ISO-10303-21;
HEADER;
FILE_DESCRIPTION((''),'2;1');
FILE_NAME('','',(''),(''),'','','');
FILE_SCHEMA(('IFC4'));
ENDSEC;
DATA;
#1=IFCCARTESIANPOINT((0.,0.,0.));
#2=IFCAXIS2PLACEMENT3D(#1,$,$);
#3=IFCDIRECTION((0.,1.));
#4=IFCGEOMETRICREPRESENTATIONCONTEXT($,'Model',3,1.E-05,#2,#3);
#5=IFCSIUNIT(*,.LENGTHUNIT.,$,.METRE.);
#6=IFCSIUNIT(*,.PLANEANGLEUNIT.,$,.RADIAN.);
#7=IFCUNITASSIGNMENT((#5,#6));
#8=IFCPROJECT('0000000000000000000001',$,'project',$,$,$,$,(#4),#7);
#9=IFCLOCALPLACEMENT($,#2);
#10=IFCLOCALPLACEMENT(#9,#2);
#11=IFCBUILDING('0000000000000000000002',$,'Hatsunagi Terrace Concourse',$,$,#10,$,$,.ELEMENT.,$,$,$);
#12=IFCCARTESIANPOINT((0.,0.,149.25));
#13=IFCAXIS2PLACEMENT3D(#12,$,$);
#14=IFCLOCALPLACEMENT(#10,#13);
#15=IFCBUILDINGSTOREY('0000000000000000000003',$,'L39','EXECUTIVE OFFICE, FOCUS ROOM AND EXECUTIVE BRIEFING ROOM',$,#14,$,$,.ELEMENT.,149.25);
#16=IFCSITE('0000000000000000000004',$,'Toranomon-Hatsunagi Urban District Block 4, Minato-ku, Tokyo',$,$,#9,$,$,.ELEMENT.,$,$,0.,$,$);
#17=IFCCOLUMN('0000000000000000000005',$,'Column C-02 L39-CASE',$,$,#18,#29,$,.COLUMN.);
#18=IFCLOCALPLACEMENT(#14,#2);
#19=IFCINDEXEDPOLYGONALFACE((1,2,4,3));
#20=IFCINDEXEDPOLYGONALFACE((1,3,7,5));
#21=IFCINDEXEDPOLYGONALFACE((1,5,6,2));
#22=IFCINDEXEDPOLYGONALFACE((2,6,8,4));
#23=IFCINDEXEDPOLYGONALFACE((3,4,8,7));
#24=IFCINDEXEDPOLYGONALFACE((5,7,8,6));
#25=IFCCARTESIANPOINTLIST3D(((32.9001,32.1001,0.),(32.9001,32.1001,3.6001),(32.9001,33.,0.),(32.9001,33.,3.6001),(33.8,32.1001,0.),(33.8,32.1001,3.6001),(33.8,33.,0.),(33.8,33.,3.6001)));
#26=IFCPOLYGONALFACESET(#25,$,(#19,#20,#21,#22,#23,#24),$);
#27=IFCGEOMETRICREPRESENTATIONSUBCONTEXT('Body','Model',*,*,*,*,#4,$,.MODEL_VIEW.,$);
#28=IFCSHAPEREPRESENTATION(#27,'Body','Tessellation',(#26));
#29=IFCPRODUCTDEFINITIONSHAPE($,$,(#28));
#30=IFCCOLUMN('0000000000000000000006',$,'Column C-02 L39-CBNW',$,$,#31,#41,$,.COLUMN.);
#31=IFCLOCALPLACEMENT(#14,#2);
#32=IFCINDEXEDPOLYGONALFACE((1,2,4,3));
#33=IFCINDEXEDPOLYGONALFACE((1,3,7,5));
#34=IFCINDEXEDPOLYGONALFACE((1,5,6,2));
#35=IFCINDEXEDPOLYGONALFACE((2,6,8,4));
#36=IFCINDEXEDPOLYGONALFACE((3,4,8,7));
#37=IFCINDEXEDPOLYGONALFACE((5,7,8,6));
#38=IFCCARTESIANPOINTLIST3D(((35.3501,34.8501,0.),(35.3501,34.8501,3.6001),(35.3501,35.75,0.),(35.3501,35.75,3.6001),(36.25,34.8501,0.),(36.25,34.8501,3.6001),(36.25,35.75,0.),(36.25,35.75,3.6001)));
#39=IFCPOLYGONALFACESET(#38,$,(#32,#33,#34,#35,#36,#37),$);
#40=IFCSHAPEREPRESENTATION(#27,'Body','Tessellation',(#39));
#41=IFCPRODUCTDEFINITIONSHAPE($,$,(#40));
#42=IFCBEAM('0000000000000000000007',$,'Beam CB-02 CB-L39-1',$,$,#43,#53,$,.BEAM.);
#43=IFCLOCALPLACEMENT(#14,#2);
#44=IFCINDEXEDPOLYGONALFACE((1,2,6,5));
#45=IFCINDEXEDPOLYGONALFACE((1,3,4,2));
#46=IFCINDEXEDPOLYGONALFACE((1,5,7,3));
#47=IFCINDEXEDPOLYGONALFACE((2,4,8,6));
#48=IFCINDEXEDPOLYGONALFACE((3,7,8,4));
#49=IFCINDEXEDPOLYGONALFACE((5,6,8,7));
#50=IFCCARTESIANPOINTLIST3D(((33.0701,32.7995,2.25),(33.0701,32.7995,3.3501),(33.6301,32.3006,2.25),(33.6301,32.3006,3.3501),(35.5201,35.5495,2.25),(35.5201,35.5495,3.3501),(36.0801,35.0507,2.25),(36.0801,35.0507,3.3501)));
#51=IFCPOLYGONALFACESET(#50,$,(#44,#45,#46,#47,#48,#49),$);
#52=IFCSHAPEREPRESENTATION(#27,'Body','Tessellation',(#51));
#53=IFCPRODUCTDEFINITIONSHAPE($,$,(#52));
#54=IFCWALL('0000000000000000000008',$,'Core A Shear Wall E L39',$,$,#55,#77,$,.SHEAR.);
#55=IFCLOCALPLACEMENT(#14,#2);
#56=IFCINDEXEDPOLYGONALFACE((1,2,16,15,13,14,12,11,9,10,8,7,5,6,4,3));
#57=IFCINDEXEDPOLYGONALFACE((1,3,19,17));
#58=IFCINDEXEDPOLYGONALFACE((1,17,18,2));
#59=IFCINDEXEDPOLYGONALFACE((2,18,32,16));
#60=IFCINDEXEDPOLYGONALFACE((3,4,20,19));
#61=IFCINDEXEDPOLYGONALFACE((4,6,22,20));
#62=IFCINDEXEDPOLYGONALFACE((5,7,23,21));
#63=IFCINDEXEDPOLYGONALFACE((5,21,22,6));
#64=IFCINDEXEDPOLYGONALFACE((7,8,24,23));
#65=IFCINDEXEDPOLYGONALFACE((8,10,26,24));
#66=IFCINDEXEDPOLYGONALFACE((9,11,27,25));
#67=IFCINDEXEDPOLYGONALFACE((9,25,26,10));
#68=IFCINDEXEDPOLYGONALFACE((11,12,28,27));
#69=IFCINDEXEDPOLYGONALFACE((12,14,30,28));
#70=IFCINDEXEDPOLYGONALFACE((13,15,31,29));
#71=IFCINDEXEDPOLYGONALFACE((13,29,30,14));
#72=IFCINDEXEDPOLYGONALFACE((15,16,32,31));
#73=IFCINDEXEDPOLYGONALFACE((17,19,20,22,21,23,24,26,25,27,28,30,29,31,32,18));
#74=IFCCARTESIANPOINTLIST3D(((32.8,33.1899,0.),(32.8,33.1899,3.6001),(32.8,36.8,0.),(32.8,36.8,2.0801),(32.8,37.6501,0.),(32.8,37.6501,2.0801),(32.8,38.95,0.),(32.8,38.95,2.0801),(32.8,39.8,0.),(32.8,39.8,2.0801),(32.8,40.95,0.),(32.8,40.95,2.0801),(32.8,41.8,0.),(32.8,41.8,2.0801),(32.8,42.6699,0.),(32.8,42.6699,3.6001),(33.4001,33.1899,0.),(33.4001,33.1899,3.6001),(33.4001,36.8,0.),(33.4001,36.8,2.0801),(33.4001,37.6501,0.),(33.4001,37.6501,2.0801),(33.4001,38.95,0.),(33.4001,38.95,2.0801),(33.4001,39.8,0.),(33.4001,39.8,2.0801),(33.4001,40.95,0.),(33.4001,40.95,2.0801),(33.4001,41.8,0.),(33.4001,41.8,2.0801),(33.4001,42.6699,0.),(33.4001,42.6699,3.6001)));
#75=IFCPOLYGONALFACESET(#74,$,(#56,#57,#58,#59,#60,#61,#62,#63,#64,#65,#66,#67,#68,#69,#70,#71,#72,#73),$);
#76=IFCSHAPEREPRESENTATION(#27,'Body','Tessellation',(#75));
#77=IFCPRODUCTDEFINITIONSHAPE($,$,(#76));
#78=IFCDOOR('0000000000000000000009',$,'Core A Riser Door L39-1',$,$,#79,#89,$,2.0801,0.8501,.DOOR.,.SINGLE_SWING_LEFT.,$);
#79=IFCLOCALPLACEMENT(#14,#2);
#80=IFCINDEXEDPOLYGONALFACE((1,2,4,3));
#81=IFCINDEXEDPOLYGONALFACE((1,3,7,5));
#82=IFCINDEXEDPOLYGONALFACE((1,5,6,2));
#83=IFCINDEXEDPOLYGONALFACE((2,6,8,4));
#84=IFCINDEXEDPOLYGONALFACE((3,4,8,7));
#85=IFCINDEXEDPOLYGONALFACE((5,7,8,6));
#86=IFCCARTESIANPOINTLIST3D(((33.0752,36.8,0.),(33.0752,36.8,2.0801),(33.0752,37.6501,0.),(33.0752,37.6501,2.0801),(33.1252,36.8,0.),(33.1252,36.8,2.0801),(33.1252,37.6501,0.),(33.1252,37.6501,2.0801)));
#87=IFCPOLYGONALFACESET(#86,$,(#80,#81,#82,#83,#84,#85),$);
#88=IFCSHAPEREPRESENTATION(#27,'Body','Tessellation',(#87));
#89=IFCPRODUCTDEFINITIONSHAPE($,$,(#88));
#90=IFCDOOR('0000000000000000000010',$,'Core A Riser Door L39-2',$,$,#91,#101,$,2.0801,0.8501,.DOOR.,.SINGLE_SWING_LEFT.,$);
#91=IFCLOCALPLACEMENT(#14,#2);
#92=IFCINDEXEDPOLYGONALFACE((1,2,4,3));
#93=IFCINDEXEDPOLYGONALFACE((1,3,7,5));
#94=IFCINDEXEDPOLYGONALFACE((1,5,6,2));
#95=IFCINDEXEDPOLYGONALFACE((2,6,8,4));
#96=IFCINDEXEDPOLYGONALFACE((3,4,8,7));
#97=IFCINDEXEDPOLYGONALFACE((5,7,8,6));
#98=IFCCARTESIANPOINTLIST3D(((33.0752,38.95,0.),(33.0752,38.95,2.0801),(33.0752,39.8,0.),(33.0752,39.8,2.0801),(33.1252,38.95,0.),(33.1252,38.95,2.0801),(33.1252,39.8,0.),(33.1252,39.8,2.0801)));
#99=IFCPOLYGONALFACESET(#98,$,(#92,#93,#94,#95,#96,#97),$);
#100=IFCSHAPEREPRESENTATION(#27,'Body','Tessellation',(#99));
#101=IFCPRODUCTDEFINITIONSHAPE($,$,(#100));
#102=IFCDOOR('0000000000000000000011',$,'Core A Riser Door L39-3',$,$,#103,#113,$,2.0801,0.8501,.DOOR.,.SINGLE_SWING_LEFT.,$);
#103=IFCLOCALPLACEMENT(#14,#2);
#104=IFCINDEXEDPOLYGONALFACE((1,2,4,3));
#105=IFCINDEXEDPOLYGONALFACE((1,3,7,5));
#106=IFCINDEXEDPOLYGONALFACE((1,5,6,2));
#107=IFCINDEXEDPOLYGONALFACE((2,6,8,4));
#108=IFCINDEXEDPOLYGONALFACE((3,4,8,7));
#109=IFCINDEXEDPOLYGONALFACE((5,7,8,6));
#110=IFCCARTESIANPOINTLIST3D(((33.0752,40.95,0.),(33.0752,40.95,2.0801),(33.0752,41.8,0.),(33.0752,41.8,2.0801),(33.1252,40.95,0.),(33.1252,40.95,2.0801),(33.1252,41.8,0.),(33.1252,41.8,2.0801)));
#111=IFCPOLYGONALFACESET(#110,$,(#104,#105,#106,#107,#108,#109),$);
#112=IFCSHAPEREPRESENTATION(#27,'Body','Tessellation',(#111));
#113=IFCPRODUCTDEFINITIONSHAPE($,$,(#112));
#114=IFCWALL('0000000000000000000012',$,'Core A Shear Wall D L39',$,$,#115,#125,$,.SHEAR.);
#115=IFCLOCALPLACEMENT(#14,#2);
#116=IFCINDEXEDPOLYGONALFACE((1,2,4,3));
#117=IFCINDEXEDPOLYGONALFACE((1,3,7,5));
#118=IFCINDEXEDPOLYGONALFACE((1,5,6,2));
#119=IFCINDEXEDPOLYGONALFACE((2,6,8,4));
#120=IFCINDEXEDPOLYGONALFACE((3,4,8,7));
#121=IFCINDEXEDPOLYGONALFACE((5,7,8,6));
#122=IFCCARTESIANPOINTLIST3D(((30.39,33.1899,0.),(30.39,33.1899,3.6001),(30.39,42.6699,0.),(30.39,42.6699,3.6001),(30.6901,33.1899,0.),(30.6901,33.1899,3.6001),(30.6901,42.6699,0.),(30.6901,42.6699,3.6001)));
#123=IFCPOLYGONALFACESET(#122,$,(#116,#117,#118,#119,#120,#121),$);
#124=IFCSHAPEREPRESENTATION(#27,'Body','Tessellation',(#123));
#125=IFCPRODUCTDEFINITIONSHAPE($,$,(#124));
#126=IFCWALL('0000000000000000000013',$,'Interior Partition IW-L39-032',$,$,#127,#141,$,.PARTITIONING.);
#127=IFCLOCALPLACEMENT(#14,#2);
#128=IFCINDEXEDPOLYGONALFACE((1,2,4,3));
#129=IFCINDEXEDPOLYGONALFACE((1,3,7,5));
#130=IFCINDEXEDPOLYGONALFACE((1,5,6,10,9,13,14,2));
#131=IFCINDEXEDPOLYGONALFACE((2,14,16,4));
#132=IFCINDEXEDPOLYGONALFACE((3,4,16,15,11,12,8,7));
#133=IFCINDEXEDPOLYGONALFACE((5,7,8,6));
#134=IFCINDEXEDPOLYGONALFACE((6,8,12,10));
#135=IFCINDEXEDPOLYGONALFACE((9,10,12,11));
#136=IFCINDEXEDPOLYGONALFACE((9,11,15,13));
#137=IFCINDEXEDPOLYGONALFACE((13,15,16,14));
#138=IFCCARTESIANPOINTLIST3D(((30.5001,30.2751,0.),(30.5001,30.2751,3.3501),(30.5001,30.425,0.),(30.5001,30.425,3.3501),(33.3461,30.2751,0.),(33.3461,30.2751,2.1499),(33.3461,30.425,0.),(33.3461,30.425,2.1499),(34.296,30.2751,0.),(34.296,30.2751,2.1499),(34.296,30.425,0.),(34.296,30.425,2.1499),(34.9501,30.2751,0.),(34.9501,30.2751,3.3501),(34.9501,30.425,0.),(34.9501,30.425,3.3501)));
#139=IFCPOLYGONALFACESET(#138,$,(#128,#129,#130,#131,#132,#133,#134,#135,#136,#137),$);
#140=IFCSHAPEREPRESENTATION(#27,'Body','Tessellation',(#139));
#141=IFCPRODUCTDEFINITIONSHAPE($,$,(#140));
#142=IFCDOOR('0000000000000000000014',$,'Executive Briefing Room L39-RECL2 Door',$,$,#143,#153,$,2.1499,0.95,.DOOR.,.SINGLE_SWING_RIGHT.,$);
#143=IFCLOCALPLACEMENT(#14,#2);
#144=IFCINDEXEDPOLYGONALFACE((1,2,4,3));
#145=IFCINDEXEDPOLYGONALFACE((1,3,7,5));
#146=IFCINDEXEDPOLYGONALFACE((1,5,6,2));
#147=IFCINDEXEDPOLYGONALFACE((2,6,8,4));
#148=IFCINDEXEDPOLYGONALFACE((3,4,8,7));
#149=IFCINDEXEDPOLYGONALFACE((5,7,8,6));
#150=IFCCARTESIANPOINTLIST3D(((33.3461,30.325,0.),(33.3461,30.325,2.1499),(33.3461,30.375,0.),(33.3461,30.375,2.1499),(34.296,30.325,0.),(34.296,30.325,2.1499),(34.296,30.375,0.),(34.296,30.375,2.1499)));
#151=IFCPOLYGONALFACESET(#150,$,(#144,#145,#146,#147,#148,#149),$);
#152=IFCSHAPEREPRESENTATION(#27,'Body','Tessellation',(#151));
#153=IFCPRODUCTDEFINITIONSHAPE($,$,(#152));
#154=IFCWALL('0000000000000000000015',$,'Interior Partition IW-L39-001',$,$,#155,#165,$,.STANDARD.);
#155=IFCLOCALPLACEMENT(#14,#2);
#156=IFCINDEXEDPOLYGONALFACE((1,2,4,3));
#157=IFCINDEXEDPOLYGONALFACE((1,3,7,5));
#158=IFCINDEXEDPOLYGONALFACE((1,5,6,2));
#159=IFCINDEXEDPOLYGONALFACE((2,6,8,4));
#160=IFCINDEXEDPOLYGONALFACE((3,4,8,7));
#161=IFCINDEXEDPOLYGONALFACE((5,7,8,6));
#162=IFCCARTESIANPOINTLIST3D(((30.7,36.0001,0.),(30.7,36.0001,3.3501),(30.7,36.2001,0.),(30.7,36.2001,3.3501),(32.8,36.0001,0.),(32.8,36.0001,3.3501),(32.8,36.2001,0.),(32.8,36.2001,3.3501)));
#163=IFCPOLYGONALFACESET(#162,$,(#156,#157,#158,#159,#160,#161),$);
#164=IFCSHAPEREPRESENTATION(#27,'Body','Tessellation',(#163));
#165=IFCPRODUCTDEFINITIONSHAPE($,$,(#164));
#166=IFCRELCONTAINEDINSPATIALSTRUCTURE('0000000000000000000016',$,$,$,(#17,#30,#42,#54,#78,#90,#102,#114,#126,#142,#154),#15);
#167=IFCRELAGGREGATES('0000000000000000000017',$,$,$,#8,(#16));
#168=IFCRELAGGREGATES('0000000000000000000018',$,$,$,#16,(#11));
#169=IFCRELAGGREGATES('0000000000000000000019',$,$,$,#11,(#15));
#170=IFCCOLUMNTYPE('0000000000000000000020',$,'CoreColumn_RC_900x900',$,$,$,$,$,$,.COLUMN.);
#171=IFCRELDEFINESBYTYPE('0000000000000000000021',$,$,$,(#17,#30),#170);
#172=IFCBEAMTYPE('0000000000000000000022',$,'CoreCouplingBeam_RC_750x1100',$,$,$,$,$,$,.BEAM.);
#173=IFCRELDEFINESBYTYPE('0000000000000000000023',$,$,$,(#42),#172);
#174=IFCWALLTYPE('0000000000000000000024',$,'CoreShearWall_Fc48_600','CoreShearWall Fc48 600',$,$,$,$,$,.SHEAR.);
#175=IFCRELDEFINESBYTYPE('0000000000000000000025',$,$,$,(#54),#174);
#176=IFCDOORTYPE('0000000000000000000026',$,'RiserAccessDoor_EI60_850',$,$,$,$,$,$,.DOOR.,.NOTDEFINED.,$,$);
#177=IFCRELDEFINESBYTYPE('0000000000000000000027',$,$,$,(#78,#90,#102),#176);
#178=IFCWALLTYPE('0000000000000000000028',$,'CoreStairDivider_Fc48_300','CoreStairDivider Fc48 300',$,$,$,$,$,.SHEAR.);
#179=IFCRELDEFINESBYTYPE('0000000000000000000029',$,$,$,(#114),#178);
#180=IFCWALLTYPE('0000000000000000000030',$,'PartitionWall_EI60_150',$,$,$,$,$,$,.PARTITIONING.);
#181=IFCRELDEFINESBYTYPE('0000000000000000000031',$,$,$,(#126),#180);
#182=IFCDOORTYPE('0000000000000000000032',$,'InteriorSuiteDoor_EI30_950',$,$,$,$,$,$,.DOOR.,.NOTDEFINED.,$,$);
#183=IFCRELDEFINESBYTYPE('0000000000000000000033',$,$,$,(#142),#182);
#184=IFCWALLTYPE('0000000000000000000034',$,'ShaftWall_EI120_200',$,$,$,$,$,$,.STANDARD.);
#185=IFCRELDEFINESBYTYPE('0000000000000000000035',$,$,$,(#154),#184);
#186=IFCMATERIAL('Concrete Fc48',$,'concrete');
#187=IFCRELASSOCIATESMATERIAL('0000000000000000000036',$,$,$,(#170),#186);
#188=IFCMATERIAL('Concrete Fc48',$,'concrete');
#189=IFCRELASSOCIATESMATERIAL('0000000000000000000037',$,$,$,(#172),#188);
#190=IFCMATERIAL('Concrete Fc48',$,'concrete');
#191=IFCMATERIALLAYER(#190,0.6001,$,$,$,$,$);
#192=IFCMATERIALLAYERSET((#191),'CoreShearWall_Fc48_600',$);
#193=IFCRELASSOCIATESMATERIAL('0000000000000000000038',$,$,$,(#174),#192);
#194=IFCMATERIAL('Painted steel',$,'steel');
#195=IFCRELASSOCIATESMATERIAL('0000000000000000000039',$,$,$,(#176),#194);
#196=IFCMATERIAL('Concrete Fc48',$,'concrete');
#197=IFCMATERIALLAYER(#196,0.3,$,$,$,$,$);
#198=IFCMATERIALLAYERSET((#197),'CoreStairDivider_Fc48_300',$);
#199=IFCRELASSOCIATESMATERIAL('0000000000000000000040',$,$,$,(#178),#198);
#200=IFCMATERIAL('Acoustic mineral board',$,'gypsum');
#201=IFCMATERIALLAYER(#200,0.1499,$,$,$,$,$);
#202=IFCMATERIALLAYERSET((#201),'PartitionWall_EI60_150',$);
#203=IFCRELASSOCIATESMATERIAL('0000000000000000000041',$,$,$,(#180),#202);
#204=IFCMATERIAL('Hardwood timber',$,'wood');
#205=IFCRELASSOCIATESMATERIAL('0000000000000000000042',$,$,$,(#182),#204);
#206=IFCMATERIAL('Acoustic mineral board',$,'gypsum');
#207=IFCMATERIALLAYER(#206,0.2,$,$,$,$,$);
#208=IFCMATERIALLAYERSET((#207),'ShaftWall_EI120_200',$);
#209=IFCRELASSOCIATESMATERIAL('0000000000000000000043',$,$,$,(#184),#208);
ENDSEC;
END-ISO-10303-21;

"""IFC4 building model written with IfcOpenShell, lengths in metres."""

from ifc_helpers import new_model, si_unit, direction, frame, frame_2d, origin, origin_2d, place, context, subcontext, project, spatial, rectangle, extrude, material, layer, layer_set, material_profile, profile_set, type_object, element, fill, save


model = new_model("IFC4")

# Units and contexts
model_context = context("Model", 3, precision=1e-05, world=origin(), true_north=direction((0.0, 1.0)))
body_context = subcontext(model_context, "Body", "Model", "MODEL_VIEW")
ifc_project = project(units=[si_unit("LENGTHUNIT", "METRE"), si_unit("PLANEANGLEUNIT", "RADIAN")], contexts=[model_context])

# Site, building, storey
site_placement = place(None, origin())
site = spatial("IfcSite", under=ifc_project, at=site_placement, Name="Toranomon-Hatsunagi Urban District Block 4, Minato-ku, Tokyo", CompositionType="ELEMENT", RefElevation=0.0)
building_placement = place(site_placement, origin())
building = spatial("IfcBuilding", under=site, at=building_placement, Name="Hatsunagi Terrace Concourse", CompositionType="ELEMENT")
storey_placement = place(building_placement, frame((0.0, 0.0, 149.25)))
storey = spatial("IfcBuildingStorey", under=building, at=storey_placement, Name="L39", Description="EXECUTIVE OFFICE, FOCUS ROOM AND EXECUTIVE BRIEFING ROOM", CompositionType="ELEMENT", Elevation=149.25)

# Columns
ifc_material_1 = material(Name="Concrete Fc48", Category="concrete")
ifc_material_profile_1 = material_profile(ifc_material_1, rectangle(XDim=0.8999, YDim=0.8999, at=origin_2d()), Name="RC-900x900")
ifc_profile_set_1 = profile_set([ifc_material_profile_1], Name="Concrete Fc48")
column_type = type_object("IfcColumnType", Name="CoreColumn_RC_900x900", PredefinedType="COLUMN", material=ifc_profile_set_1)
for number, where, z_axis, x_axis, name in (
    (1, (33.3501, 32.55, 0.0), (0.0, 0.0, 1.0), (1.0, 0.0, 0.0), "Column C-02 L39-CASE"),
    (2, (35.8, 35.3, 0.0), (0.0, 0.0, 1.0), (1.0, 0.0, 0.0), "Column C-02 L39-CBNW"),
):
    element("IfcColumn", number, at=place(storey_placement, frame(where, z_axis=z_axis, x_axis=x_axis)), inside=storey, type_object=column_type, Name=name, PredefinedType="COLUMN", context=body_context, shape_type="SweptSolid", body=[
        extrude(rectangle(XDim=0.8999, YDim=0.8999, at=origin_2d()), origin(), (0.0, 0.0, 1.0), 3.6001),
    ])

# Beam
ifc_material_2 = material(Name="Concrete Fc48", Category="concrete")
ifc_material_profile_2 = material_profile(ifc_material_2, rectangle(XDim=0.75, YDim=1.1001, at=origin_2d()), Name="RC-750x1100")
ifc_profile_set_2 = profile_set([ifc_material_profile_2], Name="Concrete Fc48")
beam_type = type_object("IfcBeamType", Name="CoreCouplingBeam_RC_750x1100", PredefinedType="BEAM", material=ifc_profile_set_2)
beam_placement = place(storey_placement, frame((33.3501, 32.55, 2.8), z_axis=(0.665199, 0.746666, 0.0), x_axis=(-0.746666, 0.665199, 0.0)))
element("IfcBeam", 3, at=beam_placement, inside=storey, type_object=beam_type, Name="Beam CB-02 CB-L39-1", PredefinedType="BEAM", context=body_context, shape_type="SweptSolid", body=[
    extrude(rectangle(XDim=0.75, YDim=1.1001, at=origin_2d()), origin(), (0.0, 0.0, 1.0), 3.6831),
])

# Wall, openings, doors
ifc_material_3 = material(Name="Concrete Fc48", Category="concrete")
ifc_layer_1 = layer(ifc_material_3, 0.6001)
ifc_layer_set_1 = layer_set([ifc_layer_1], Name="CoreShearWall_Fc48_600")
wall_type_1 = type_object("IfcWallType", Name="CoreShearWall_Fc48_600", Description="CoreShearWall Fc48 600", PredefinedType="SHEAR", material=ifc_layer_set_1)
wall_1_placement = place(storey_placement, frame((33.1001, 33.1899, 0.0), z_axis=(0.0, 0.0, 1.0), x_axis=(0.0, 1.0, 0.0)))
wall_1 = element("IfcWall", 4, at=wall_1_placement, inside=storey, type_object=wall_type_1, Name="Core A Shear Wall E L39", PredefinedType="SHEAR", context=body_context, shape_type="SweptSolid", body=[
    extrude(rectangle(XDim=9.48, YDim=0.6001, at=frame_2d((4.74, 0.0))), origin(), (0.0, 0.0, 1.0), 3.6001),
])
opening_1_placement = place(wall_1_placement, frame((3.6101, 0.0, 0.0)))
opening_1 = element("IfcOpeningElement", 5, at=opening_1_placement, cuts=wall_1, PredefinedType="OPENING", context=body_context, shape_type="SweptSolid", body=[
    extrude(rectangle(XDim=0.8501, YDim=2.0801, at=frame_2d((0.425, 1.04))), frame((0.0, 0.3101, 0.0), z_axis=(0.0, -1.0, 0.0), x_axis=(1.0, 0.0, 0.0)), (0.0, 0.0, 1.0), 0.6201),
])
opening_2_placement = place(wall_1_placement, frame((5.76, 0.0, 0.0)))
opening_2 = element("IfcOpeningElement", 6, at=opening_2_placement, cuts=wall_1, PredefinedType="OPENING", context=body_context, shape_type="SweptSolid", body=[
    extrude(rectangle(XDim=0.8501, YDim=2.0801, at=frame_2d((0.425, 1.04))), frame((0.0, 0.3101, 0.0), z_axis=(0.0, -1.0, 0.0), x_axis=(1.0, 0.0, 0.0)), (0.0, 0.0, 1.0), 0.6201),
])
opening_3_placement = place(wall_1_placement, frame((7.76, 0.0, 0.0)))
opening_3 = element("IfcOpeningElement", 7, at=opening_3_placement, cuts=wall_1, PredefinedType="OPENING", context=body_context, shape_type="SweptSolid", body=[
    extrude(rectangle(XDim=0.8501, YDim=2.0801, at=frame_2d((0.425, 1.04))), frame((0.0, 0.3101, 0.0), z_axis=(0.0, -1.0, 0.0), x_axis=(1.0, 0.0, 0.0)), (0.0, 0.0, 1.0), 0.6201),
])
ifc_material_4 = material(Name="Painted steel", Category="steel")
door_type_1 = type_object("IfcDoorType", Name="RiserAccessDoor_EI60_850", OperationType="NOTDEFINED", PredefinedType="DOOR", material=ifc_material_4)
door_1_placement = place(opening_1_placement, origin())
door_1 = element("IfcDoor", 8, at=door_1_placement, inside=storey, type_object=door_type_1, Name="Core A Riser Door L39-1", OperationType="SINGLE_SWING_LEFT", OverallHeight=2.0801, OverallWidth=0.8501, PredefinedType="DOOR", context=body_context, shape_type="SweptSolid", body=[
    extrude(rectangle(XDim=0.8501, YDim=2.0801, at=frame_2d((0.425, 1.04))), frame((0.0, 0.0249, 0.0), z_axis=(0.0, -1.0, 0.0), x_axis=(1.0, 0.0, 0.0)), (0.0, 0.0, 1.0), 0.05),
])
fill(opening_1, door_1)
door_2_placement = place(opening_2_placement, origin())
door_2 = element("IfcDoor", 9, at=door_2_placement, inside=storey, type_object=door_type_1, Name="Core A Riser Door L39-2", OperationType="SINGLE_SWING_LEFT", OverallHeight=2.0801, OverallWidth=0.8501, PredefinedType="DOOR", context=body_context, shape_type="SweptSolid", body=[
    extrude(rectangle(XDim=0.8501, YDim=2.0801, at=frame_2d((0.425, 1.04))), frame((0.0, 0.0249, 0.0), z_axis=(0.0, -1.0, 0.0), x_axis=(1.0, 0.0, 0.0)), (0.0, 0.0, 1.0), 0.05),
])
fill(opening_2, door_2)
door_3_placement = place(opening_3_placement, origin())
door_3 = element("IfcDoor", 10, at=door_3_placement, inside=storey, type_object=door_type_1, Name="Core A Riser Door L39-3", OperationType="SINGLE_SWING_LEFT", OverallHeight=2.0801, OverallWidth=0.8501, PredefinedType="DOOR", context=body_context, shape_type="SweptSolid", body=[
    extrude(rectangle(XDim=0.8501, YDim=2.0801, at=frame_2d((0.425, 1.04))), frame((0.0, 0.0249, 0.0), z_axis=(0.0, -1.0, 0.0), x_axis=(1.0, 0.0, 0.0)), (0.0, 0.0, 1.0), 0.05),
])
fill(opening_3, door_3)

# Wall
ifc_material_5 = material(Name="Concrete Fc48", Category="concrete")
ifc_layer_2 = layer(ifc_material_5, 0.3)
ifc_layer_set_2 = layer_set([ifc_layer_2], Name="CoreStairDivider_Fc48_300")
wall_type_2 = type_object("IfcWallType", Name="CoreStairDivider_Fc48_300", Description="CoreStairDivider Fc48 300", PredefinedType="SHEAR", material=ifc_layer_set_2)
wall_2_placement = place(storey_placement, frame((30.54, 33.1899, 0.0), z_axis=(0.0, 0.0, 1.0), x_axis=(0.0, 1.0, 0.0)))
element("IfcWall", 11, at=wall_2_placement, inside=storey, type_object=wall_type_2, Name="Core A Shear Wall D L39", PredefinedType="SHEAR", context=body_context, shape_type="SweptSolid", body=[
    extrude(rectangle(XDim=9.48, YDim=0.3, at=frame_2d((4.74, 0.0))), origin(), (0.0, 0.0, 1.0), 3.6001),
])

# Wall, opening, door
ifc_material_6 = material(Name="Acoustic mineral board", Category="gypsum")
ifc_layer_3 = layer(ifc_material_6, 0.1499)
ifc_layer_set_3 = layer_set([ifc_layer_3], Name="PartitionWall_EI60_150")
wall_type_3 = type_object("IfcWallType", Name="PartitionWall_EI60_150", PredefinedType="PARTITIONING", material=ifc_layer_set_3)
wall_3_placement = place(storey_placement, frame((30.5, 30.3501, 0.0), z_axis=(0.0, 0.0, 1.0), x_axis=(1.0, 0.0, 0.0)))
wall_3 = element("IfcWall", 12, at=wall_3_placement, inside=storey, type_object=wall_type_3, Name="Interior Partition IW-L39-032", PredefinedType="PARTITIONING", context=body_context, shape_type="SweptSolid", body=[
    extrude(rectangle(XDim=4.45, YDim=0.1499, at=frame_2d((2.2251, 0.0))), origin(), (0.0, 0.0, 1.0), 3.3501),
])
opening_4_placement = place(wall_3_placement, frame((2.8459, 0.0, 0.0)))
opening_4 = element("IfcOpeningElement", 13, at=opening_4_placement, cuts=wall_3, PredefinedType="OPENING", context=body_context, shape_type="SweptSolid", body=[
    extrude(rectangle(XDim=0.95, YDim=2.1499, at=frame_2d((0.4751, 1.075))), frame((0.0, 0.085, 0.0), z_axis=(0.0, -1.0, 0.0), x_axis=(1.0, 0.0, 0.0)), (0.0, 0.0, 1.0), 0.1699),
])
ifc_material_7 = material(Name="Hardwood timber", Category="wood")
door_type_2 = type_object("IfcDoorType", Name="InteriorSuiteDoor_EI30_950", OperationType="NOTDEFINED", PredefinedType="DOOR", material=ifc_material_7)
door_4_placement = place(opening_4_placement, origin())
door_4 = element("IfcDoor", 14, at=door_4_placement, inside=storey, type_object=door_type_2, Name="Executive Briefing Room L39-RECL2 Door", OperationType="SINGLE_SWING_RIGHT", OverallHeight=2.1499, OverallWidth=0.95, PredefinedType="DOOR", context=body_context, shape_type="SweptSolid", body=[
    extrude(rectangle(XDim=0.95, YDim=2.1499, at=frame_2d((0.4751, 1.075))), frame((0.0, 0.0249, 0.0), z_axis=(0.0, -1.0, 0.0), x_axis=(1.0, 0.0, 0.0)), (0.0, 0.0, 1.0), 0.05),
])
fill(opening_4, door_4)

# Wall
ifc_material_8 = material(Name="Acoustic mineral board", Category="gypsum")
ifc_layer_4 = layer(ifc_material_8, 0.2)
ifc_layer_set_4 = layer_set([ifc_layer_4], Name="ShaftWall_EI120_200")
wall_type_4 = type_object("IfcWallType", Name="ShaftWall_EI120_200", PredefinedType="STANDARD", material=ifc_layer_set_4)
wall_4_placement = place(storey_placement, frame((30.7, 36.1001, 0.0), z_axis=(0.0, 0.0, 1.0), x_axis=(1.0, 0.0, 0.0)))
element("IfcWall", 15, at=wall_4_placement, inside=storey, type_object=wall_type_4, Name="Interior Partition IW-L39-001", PredefinedType="STANDARD", context=body_context, shape_type="SweptSolid", body=[
    extrude(rectangle(XDim=2.1001, YDim=0.2, at=frame_2d((1.05, 0.0))), origin(), (0.0, 0.0, 1.0), 3.3501),
])

save(model, "model.ifc")
